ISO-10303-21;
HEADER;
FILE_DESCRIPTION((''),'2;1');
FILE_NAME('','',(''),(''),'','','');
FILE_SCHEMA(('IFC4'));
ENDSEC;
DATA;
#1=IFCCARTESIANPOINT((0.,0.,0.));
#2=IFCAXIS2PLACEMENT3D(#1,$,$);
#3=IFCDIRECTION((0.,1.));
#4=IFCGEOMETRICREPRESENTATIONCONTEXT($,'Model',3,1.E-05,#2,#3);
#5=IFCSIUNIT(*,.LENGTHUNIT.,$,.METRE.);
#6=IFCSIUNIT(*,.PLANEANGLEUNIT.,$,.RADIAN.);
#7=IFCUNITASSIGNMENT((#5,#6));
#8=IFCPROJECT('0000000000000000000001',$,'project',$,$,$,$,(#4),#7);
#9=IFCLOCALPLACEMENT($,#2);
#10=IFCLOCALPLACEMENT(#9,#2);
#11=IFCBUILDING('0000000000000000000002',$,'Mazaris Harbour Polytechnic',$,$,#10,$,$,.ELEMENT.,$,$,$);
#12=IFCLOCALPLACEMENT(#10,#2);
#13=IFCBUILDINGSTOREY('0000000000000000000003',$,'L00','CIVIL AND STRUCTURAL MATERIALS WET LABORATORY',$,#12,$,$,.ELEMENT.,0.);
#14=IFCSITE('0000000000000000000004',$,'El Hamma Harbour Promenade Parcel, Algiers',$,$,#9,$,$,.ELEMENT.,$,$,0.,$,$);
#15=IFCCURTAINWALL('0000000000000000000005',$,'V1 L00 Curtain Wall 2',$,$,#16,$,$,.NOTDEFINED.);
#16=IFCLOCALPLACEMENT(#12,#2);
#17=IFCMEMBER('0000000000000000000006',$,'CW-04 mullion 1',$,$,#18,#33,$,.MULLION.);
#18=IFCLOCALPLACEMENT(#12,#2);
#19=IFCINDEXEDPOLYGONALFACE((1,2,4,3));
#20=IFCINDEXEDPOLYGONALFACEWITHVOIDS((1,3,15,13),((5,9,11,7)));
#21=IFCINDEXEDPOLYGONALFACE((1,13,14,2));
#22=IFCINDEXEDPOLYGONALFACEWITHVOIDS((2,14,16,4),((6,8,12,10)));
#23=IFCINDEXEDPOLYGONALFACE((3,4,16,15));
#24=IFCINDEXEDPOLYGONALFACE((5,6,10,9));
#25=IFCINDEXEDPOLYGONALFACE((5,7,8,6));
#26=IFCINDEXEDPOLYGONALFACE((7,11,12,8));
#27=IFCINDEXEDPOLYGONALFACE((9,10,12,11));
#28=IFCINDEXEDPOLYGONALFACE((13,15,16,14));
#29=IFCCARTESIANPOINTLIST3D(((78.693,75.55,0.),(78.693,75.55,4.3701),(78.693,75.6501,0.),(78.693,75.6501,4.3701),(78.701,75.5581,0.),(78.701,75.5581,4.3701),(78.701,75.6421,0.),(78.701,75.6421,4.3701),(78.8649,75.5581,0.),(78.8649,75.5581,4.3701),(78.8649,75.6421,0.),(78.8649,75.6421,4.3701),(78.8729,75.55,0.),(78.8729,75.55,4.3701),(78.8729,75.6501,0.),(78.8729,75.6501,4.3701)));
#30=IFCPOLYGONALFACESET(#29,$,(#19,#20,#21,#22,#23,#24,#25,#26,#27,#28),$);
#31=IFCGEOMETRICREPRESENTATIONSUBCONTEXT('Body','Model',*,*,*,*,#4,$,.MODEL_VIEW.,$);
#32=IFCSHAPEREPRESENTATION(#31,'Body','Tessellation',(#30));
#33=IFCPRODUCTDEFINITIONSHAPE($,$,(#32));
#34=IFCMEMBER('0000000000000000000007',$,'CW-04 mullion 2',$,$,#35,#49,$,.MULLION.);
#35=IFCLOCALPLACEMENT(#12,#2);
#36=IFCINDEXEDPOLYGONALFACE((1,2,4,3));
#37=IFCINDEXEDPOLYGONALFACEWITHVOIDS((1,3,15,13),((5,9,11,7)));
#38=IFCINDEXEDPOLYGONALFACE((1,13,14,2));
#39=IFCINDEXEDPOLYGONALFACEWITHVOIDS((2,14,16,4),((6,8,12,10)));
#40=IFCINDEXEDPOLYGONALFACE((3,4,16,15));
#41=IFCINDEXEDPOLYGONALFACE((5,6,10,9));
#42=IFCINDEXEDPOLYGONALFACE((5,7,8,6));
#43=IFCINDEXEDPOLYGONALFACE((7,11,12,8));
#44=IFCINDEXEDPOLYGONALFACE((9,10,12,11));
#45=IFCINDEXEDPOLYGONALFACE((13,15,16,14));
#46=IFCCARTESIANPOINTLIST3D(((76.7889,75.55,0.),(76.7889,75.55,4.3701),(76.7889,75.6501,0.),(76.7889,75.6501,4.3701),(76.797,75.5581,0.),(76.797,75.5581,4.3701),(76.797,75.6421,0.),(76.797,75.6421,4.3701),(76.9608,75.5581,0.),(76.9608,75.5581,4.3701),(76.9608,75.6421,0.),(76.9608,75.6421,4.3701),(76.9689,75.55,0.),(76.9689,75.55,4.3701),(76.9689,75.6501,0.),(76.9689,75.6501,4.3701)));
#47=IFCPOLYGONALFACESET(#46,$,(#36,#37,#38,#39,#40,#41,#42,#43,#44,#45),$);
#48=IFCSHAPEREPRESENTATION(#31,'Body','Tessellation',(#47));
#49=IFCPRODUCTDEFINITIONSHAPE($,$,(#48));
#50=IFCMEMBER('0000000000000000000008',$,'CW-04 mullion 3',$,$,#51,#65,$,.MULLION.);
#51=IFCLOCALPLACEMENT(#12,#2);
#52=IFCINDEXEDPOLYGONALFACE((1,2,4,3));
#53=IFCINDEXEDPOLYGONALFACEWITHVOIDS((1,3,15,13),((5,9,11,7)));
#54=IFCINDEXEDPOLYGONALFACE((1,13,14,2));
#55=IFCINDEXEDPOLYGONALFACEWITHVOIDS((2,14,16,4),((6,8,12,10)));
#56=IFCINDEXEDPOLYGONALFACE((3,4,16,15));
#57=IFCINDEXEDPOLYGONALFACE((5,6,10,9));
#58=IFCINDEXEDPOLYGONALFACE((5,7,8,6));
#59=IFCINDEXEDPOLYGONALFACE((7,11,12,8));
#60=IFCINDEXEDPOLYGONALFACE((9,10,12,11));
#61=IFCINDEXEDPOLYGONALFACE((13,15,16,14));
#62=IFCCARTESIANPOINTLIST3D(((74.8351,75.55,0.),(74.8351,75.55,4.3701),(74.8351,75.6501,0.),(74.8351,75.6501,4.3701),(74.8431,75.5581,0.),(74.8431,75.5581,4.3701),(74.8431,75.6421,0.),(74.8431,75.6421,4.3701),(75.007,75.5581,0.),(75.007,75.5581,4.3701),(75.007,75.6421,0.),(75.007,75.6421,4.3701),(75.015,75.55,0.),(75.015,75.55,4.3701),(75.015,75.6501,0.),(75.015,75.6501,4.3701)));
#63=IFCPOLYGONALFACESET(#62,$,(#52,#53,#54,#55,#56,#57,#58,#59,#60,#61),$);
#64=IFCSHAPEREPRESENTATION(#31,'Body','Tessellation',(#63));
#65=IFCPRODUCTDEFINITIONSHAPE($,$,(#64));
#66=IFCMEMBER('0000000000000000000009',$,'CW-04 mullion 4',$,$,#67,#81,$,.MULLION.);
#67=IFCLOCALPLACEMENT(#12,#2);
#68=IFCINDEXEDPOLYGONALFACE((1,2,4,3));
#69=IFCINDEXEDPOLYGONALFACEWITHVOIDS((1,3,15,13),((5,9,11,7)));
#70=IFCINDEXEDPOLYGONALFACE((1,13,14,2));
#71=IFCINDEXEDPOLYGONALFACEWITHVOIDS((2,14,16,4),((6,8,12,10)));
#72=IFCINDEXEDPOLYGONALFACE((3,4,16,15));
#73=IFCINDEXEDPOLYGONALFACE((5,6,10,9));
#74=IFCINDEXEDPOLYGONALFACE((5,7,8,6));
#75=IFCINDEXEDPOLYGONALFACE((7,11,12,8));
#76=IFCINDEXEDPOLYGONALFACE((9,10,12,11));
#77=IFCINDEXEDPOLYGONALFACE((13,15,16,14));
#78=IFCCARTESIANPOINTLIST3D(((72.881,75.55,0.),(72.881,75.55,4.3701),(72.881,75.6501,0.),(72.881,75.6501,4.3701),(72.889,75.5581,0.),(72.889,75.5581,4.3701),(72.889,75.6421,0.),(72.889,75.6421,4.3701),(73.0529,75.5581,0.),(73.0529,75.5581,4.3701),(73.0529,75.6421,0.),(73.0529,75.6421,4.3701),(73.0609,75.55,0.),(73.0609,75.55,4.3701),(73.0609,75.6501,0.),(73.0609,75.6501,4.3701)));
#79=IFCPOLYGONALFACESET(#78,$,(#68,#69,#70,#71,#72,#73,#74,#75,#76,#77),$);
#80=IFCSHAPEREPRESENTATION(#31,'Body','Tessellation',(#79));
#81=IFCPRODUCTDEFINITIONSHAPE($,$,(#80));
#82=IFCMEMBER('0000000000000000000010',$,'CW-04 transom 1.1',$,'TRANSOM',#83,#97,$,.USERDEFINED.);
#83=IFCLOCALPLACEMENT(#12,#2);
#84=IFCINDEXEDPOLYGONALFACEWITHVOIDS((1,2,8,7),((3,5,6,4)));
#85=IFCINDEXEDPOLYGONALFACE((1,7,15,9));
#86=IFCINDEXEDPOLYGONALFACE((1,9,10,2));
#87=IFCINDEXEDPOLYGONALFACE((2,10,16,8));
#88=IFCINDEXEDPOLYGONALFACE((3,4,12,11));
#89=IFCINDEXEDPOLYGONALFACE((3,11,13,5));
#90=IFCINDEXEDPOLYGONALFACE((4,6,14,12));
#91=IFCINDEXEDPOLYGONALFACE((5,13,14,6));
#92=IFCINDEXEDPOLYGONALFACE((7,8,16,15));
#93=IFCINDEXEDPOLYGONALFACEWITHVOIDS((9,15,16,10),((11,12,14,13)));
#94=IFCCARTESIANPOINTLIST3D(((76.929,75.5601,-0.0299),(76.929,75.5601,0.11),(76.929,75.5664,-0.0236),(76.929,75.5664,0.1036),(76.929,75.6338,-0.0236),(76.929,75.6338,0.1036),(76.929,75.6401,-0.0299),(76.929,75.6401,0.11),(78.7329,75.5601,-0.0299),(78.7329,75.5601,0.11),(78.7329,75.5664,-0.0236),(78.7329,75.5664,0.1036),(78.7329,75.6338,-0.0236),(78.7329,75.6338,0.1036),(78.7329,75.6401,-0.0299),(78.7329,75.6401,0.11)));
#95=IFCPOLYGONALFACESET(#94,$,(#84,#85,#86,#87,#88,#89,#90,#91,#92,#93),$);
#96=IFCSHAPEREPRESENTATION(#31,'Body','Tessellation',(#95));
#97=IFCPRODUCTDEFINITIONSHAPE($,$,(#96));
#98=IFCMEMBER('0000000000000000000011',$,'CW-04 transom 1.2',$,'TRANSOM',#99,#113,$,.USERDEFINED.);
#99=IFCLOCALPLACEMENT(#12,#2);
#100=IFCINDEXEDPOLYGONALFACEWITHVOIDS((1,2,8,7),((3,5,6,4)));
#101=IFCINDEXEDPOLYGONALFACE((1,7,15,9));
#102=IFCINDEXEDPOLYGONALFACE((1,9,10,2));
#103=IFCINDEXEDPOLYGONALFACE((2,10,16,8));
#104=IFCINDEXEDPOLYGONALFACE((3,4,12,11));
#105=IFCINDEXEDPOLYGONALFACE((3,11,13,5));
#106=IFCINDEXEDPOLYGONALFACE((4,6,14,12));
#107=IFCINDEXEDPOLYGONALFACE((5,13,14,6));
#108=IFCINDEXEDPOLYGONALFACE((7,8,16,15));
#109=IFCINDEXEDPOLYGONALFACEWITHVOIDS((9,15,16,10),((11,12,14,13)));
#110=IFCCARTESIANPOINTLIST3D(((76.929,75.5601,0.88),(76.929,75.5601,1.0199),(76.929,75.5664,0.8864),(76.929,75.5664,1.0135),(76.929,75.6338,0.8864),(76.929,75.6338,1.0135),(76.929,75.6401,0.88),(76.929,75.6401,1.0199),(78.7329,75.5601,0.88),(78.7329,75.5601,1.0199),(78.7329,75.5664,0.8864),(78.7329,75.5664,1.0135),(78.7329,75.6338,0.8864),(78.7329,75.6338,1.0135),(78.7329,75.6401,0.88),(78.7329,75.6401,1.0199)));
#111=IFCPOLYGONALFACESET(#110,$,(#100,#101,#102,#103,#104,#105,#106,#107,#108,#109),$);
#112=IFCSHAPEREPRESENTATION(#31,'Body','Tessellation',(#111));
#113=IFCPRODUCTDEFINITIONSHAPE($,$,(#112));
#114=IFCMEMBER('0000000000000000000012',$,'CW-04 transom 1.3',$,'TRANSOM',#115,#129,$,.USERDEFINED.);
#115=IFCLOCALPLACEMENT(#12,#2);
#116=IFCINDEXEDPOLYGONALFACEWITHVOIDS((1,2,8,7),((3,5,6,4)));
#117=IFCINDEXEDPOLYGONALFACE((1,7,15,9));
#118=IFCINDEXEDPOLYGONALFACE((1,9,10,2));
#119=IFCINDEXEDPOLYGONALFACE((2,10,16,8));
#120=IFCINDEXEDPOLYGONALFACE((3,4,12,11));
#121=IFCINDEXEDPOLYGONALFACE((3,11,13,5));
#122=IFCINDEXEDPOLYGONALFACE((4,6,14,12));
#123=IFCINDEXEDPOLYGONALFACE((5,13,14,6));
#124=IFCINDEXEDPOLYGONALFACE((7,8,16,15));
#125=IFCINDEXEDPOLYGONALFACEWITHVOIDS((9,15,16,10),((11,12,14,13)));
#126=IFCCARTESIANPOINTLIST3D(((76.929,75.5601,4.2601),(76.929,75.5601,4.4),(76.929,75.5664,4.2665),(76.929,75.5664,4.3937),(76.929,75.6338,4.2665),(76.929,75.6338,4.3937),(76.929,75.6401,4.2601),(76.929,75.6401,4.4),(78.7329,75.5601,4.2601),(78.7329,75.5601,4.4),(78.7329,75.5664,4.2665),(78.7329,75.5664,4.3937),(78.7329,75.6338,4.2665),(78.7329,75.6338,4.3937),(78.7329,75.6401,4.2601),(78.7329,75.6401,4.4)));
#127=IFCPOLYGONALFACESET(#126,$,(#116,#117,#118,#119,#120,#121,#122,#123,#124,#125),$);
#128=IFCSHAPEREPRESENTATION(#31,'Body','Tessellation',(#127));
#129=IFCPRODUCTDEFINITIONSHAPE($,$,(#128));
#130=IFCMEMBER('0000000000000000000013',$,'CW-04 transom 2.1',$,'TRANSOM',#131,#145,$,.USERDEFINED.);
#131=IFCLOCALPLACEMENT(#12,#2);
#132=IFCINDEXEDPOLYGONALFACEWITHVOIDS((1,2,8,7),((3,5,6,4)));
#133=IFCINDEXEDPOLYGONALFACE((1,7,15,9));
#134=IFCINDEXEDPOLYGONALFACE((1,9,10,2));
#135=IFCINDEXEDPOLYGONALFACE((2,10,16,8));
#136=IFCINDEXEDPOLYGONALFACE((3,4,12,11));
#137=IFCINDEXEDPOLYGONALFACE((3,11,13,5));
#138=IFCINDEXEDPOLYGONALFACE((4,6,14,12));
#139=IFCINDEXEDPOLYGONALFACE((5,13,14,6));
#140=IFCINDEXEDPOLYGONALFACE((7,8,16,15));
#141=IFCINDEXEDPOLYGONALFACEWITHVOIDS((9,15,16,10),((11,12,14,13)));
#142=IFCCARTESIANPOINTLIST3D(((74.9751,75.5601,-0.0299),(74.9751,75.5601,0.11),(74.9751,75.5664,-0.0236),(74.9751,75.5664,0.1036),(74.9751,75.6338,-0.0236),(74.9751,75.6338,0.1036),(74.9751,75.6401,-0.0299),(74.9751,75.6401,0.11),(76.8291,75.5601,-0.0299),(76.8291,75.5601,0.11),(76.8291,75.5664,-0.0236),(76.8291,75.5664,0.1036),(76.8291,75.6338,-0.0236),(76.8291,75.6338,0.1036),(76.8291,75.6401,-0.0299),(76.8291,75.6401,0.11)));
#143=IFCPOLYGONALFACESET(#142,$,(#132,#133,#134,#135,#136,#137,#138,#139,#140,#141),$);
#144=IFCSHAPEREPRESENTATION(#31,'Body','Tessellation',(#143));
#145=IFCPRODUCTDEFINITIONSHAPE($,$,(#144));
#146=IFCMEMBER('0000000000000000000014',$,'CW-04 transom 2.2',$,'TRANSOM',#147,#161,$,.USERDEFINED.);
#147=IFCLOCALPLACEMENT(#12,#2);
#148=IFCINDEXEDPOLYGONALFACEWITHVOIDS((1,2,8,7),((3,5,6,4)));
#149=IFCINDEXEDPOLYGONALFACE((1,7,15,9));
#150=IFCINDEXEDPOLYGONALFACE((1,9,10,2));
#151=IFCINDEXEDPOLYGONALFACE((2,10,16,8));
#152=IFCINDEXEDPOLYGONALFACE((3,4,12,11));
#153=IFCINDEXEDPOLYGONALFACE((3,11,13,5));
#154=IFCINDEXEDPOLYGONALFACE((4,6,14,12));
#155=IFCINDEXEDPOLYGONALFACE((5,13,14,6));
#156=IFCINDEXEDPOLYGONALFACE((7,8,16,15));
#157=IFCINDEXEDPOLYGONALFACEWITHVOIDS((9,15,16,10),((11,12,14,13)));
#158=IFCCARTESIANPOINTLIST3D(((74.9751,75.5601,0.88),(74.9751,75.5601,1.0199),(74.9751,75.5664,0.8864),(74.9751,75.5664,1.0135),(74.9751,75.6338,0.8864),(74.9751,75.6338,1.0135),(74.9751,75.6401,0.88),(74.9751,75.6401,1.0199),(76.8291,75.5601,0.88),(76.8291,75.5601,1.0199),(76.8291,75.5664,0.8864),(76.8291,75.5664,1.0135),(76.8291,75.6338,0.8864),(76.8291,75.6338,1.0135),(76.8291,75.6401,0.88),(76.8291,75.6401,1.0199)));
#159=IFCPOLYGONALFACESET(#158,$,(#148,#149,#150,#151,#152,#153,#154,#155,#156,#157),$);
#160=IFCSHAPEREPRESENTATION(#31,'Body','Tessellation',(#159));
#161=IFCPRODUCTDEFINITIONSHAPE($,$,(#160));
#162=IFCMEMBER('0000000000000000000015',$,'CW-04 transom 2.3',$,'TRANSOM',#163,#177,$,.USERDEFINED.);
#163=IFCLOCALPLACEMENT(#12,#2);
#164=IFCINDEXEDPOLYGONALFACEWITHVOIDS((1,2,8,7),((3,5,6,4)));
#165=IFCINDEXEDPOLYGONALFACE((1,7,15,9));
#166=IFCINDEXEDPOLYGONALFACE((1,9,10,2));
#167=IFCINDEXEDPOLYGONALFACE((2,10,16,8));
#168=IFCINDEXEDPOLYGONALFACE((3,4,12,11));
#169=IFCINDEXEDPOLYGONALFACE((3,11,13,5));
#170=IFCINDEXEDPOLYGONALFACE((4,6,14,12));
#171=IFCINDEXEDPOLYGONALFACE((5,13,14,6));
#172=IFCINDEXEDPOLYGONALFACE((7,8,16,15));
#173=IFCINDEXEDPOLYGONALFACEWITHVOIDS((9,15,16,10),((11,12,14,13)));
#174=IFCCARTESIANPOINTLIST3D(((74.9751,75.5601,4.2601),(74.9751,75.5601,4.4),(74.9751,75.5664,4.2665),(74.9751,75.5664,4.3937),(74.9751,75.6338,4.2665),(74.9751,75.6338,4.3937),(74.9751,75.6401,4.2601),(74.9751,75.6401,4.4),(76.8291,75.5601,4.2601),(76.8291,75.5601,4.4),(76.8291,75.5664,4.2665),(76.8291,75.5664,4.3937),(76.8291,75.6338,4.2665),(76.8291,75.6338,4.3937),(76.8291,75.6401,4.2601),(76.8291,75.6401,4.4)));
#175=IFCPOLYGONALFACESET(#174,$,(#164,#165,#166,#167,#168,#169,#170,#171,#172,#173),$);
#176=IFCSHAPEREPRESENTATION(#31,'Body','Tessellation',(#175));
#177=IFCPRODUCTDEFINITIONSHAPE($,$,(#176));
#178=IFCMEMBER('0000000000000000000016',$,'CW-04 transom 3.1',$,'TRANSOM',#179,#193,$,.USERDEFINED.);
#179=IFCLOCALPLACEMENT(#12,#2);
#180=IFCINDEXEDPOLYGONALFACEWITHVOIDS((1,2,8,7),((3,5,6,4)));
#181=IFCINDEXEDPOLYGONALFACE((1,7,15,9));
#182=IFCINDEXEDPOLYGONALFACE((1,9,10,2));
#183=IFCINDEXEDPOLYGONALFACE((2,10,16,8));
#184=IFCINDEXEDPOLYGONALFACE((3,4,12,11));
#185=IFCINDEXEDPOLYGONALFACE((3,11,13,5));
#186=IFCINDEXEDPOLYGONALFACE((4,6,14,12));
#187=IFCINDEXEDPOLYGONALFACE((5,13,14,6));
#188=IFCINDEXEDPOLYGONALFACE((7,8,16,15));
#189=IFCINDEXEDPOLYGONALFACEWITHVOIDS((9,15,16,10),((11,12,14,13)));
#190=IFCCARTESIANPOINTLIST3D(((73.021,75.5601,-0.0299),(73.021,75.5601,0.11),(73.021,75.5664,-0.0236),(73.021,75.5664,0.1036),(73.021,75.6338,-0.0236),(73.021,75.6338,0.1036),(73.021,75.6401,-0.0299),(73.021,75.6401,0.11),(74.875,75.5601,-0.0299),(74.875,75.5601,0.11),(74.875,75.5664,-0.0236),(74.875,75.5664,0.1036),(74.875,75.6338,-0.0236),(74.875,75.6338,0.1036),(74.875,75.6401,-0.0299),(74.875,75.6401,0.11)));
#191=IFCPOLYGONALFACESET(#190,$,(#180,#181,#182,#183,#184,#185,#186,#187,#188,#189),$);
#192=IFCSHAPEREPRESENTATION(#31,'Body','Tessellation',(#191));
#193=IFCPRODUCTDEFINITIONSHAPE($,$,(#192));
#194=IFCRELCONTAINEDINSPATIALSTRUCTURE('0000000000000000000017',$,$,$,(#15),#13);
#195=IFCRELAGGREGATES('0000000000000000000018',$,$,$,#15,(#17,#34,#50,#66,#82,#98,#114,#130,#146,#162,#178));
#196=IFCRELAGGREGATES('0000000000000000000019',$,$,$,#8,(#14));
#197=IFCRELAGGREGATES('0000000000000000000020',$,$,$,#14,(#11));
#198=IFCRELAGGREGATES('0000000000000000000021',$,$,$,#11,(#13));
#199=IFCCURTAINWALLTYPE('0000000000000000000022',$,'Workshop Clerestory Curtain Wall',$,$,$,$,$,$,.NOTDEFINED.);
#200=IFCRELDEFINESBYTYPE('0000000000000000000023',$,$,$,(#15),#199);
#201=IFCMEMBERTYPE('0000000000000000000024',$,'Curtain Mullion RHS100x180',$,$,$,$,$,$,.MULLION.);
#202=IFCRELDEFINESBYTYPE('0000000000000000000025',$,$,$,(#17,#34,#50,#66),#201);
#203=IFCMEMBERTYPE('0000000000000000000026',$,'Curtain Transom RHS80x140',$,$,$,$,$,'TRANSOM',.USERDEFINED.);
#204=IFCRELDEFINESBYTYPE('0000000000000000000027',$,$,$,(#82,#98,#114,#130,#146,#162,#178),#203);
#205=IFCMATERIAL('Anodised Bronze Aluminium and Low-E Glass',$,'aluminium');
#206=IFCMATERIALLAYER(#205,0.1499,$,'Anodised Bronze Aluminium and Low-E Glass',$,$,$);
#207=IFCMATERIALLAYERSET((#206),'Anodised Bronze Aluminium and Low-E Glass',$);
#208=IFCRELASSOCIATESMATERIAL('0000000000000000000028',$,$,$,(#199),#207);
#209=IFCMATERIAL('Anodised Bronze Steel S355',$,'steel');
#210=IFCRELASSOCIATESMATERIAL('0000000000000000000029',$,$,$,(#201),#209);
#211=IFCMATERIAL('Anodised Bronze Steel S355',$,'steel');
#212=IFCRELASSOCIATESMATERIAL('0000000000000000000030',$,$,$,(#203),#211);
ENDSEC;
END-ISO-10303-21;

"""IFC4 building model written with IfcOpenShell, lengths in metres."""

from ifc_helpers import new_model, si_unit, direction, frame, origin, origin_2d, place, context, subcontext, project, spatial, hollow_rectangle, extrude, material, layer, layer_set, material_profile, profile_set, type_object, element, aggregate, save


model = new_model("IFC4")

# Units and contexts
model_context = context("Model", 3, precision=1e-05, world=origin(), true_north=direction((0.0, 1.0)))
body_context = subcontext(model_context, "Body", "Model", "MODEL_VIEW")
ifc_project = project(units=[si_unit("LENGTHUNIT", "METRE"), si_unit("PLANEANGLEUNIT", "RADIAN")], contexts=[model_context])

# Site, building, storey
site_placement = place(None, origin())
site = spatial("IfcSite", under=ifc_project, at=site_placement, Name="El Hamma Harbour Promenade Parcel, Algiers", CompositionType="ELEMENT", RefElevation=0.0)
building_placement = place(site_placement, origin())
building = spatial("IfcBuilding", under=site, at=building_placement, Name="Mazaris Harbour Polytechnic", CompositionType="ELEMENT")
storey_placement = place(building_placement, origin())
storey = spatial("IfcBuildingStorey", under=building, at=storey_placement, Name="L00", Description="CIVIL AND STRUCTURAL MATERIALS WET LABORATORY", CompositionType="ELEMENT", Elevation=0.0)

# Curtain wall, members
ifc_material_1 = material(Name="Anodised Bronze Aluminium and Low-E Glass", Category="aluminium")
ifc_layer_1 = layer(ifc_material_1, 0.1499, Name="Anodised Bronze Aluminium and Low-E Glass")
ifc_layer_set_1 = layer_set([ifc_layer_1], Name="Anodised Bronze Aluminium and Low-E Glass")
curtain_wall_type = type_object("IfcCurtainWallType", Name="Workshop Clerestory Curtain Wall", PredefinedType="NOTDEFINED", material=ifc_layer_set_1)
curtain_wall_placement = place(storey_placement, origin())
curtain_wall = element("IfcCurtainWall", 1, at=curtain_wall_placement, inside=storey, type_object=curtain_wall_type, Name="V1 L00 Curtain Wall 2", PredefinedType="NOTDEFINED")
ifc_material_2 = material(Name="Anodised Bronze Steel S355", Category="steel")
ifc_material_profile_1 = material_profile(ifc_material_2, hollow_rectangle(XDim=0.1001, YDim=0.1799, WallThickness=0.0081, at=origin_2d()), Name="RHS 100x180x8.0")
ifc_profile_set_1 = profile_set([ifc_material_profile_1], Name="Anodised Bronze Steel S355")
member_type_1 = type_object("IfcMemberType", Name="Curtain Mullion RHS100x180", PredefinedType="MULLION", material=ifc_profile_set_1)
member_1_placement = place(storey_placement, frame((78.783, 75.6001, 0.0), z_axis=(0.0, 0.0, 1.0), x_axis=(0.0, -1.0, 0.0)))
member_1 = element("IfcMember", 2, at=member_1_placement, type_object=member_type_1, Name="CW-04 mullion 1", PredefinedType="MULLION", context=body_context, shape_type="SweptSolid", body=[
    extrude(hollow_rectangle(XDim=0.1001, YDim=0.1799, WallThickness=0.0081, at=origin_2d()), origin(), (0.0, 0.0, 1.0), 4.3701),
])
member_2_placement = place(storey_placement, frame((76.8789, 75.6001, 0.0), z_axis=(0.0, 0.0, 1.0), x_axis=(0.0, -1.0, 0.0)))
member_2 = element("IfcMember", 3, at=member_2_placement, type_object=member_type_1, Name="CW-04 mullion 2", PredefinedType="MULLION", context=body_context, shape_type="SweptSolid", body=[
    extrude(hollow_rectangle(XDim=0.1001, YDim=0.1799, WallThickness=0.0081, at=origin_2d()), origin(), (0.0, 0.0, 1.0), 4.3701),
])
member_3_placement = place(storey_placement, frame((74.925, 75.6001, 0.0), z_axis=(0.0, 0.0, 1.0), x_axis=(0.0, -1.0, 0.0)))
member_3 = element("IfcMember", 4, at=member_3_placement, type_object=member_type_1, Name="CW-04 mullion 3", PredefinedType="MULLION", context=body_context, shape_type="SweptSolid", body=[
    extrude(hollow_rectangle(XDim=0.1001, YDim=0.1799, WallThickness=0.0081, at=origin_2d()), origin(), (0.0, 0.0, 1.0), 4.3701),
])
member_4_placement = place(storey_placement, frame((72.9709, 75.6001, 0.0), z_axis=(0.0, 0.0, 1.0), x_axis=(0.0, -1.0, 0.0)))
member_4 = element("IfcMember", 5, at=member_4_placement, type_object=member_type_1, Name="CW-04 mullion 4", PredefinedType="MULLION", context=body_context, shape_type="SweptSolid", body=[
    extrude(hollow_rectangle(XDim=0.1001, YDim=0.1799, WallThickness=0.0081, at=origin_2d()), origin(), (0.0, 0.0, 1.0), 4.3701),
])
ifc_material_3 = material(Name="Anodised Bronze Steel S355", Category="steel")
ifc_material_profile_2 = material_profile(ifc_material_3, hollow_rectangle(XDim=0.0801, YDim=0.1399, WallThickness=0.0063, at=origin_2d()), Name="RHS 80x140x6.3")
ifc_profile_set_2 = profile_set([ifc_material_profile_2], Name="Anodised Bronze Steel S355")
member_type_2 = type_object("IfcMemberType", Name="Curtain Transom RHS80x140", ElementType="TRANSOM", PredefinedType="USERDEFINED", material=ifc_profile_set_2)
member_5_placement = place(storey_placement, frame((78.7329, 75.6001, 0.04), z_axis=(-1.0, 0.0, 0.0), x_axis=(0.0, -1.0, 0.0)))
member_5 = element("IfcMember", 6, at=member_5_placement, type_object=member_type_2, Name="CW-04 transom 1.1", ObjectType="TRANSOM", PredefinedType="USERDEFINED", context=body_context, shape_type="SweptSolid", body=[
    extrude(hollow_rectangle(XDim=0.0801, YDim=0.1399, WallThickness=0.0063, at=origin_2d()), origin(), (0.0, 0.0, 1.0), 1.804),
])
member_6_placement = place(storey_placement, frame((78.7329, 75.6001, 0.95), z_axis=(-1.0, 0.0, 0.0), x_axis=(0.0, -1.0, 0.0)))
member_6 = element("IfcMember", 7, at=member_6_placement, type_object=member_type_2, Name="CW-04 transom 1.2", ObjectType="TRANSOM", PredefinedType="USERDEFINED", context=body_context, shape_type="SweptSolid", body=[
    extrude(hollow_rectangle(XDim=0.0801, YDim=0.1399, WallThickness=0.0063, at=origin_2d()), origin(), (0.0, 0.0, 1.0), 1.804),
])
member_7_placement = place(storey_placement, frame((78.7329, 75.6001, 4.3301), z_axis=(-1.0, 0.0, 0.0), x_axis=(0.0, -1.0, 0.0)))
member_7 = element("IfcMember", 8, at=member_7_placement, type_object=member_type_2, Name="CW-04 transom 1.3", ObjectType="TRANSOM", PredefinedType="USERDEFINED", context=body_context, shape_type="SweptSolid", body=[
    extrude(hollow_rectangle(XDim=0.0801, YDim=0.1399, WallThickness=0.0063, at=origin_2d()), origin(), (0.0, 0.0, 1.0), 1.804),
])
member_8_placement = place(storey_placement, frame((76.8291, 75.6001, 0.04), z_axis=(-1.0, 0.0, 0.0), x_axis=(0.0, -1.0, 0.0)))
member_8 = element("IfcMember", 9, at=member_8_placement, type_object=member_type_2, Name="CW-04 transom 2.1", ObjectType="TRANSOM", PredefinedType="USERDEFINED", context=body_context, shape_type="SweptSolid", body=[
    extrude(hollow_rectangle(XDim=0.0801, YDim=0.1399, WallThickness=0.0063, at=origin_2d()), origin(), (0.0, 0.0, 1.0), 1.854),
])
member_9_placement = place(storey_placement, frame((76.8291, 75.6001, 0.95), z_axis=(-1.0, 0.0, 0.0), x_axis=(0.0, -1.0, 0.0)))
member_9 = element("IfcMember", 10, at=member_9_placement, type_object=member_type_2, Name="CW-04 transom 2.2", ObjectType="TRANSOM", PredefinedType="USERDEFINED", context=body_context, shape_type="SweptSolid", body=[
    extrude(hollow_rectangle(XDim=0.0801, YDim=0.1399, WallThickness=0.0063, at=origin_2d()), origin(), (0.0, 0.0, 1.0), 1.854),
])
member_10_placement = place(storey_placement, frame((76.8291, 75.6001, 4.3301), z_axis=(-1.0, 0.0, 0.0), x_axis=(0.0, -1.0, 0.0)))
member_10 = element("IfcMember", 11, at=member_10_placement, type_object=member_type_2, Name="CW-04 transom 2.3", ObjectType="TRANSOM", PredefinedType="USERDEFINED", context=body_context, shape_type="SweptSolid", body=[
    extrude(hollow_rectangle(XDim=0.0801, YDim=0.1399, WallThickness=0.0063, at=origin_2d()), origin(), (0.0, 0.0, 1.0), 1.854),
])
member_11_placement = place(storey_placement, frame((74.875, 75.6001, 0.04), z_axis=(-1.0, 0.0, 0.0), x_axis=(0.0, -1.0, 0.0)))
member_11 = element("IfcMember", 12, at=member_11_placement, type_object=member_type_2, Name="CW-04 transom 3.1", ObjectType="TRANSOM", PredefinedType="USERDEFINED", context=body_context, shape_type="SweptSolid", body=[
    extrude(hollow_rectangle(XDim=0.0801, YDim=0.1399, WallThickness=0.0063, at=origin_2d()), origin(), (0.0, 0.0, 1.0), 1.854),
])
aggregate(curtain_wall, [member_1, member_2, member_3, member_4, member_5, member_6, member_7, member_8, member_9, member_10, member_11])

save(model, "model.ifc")
